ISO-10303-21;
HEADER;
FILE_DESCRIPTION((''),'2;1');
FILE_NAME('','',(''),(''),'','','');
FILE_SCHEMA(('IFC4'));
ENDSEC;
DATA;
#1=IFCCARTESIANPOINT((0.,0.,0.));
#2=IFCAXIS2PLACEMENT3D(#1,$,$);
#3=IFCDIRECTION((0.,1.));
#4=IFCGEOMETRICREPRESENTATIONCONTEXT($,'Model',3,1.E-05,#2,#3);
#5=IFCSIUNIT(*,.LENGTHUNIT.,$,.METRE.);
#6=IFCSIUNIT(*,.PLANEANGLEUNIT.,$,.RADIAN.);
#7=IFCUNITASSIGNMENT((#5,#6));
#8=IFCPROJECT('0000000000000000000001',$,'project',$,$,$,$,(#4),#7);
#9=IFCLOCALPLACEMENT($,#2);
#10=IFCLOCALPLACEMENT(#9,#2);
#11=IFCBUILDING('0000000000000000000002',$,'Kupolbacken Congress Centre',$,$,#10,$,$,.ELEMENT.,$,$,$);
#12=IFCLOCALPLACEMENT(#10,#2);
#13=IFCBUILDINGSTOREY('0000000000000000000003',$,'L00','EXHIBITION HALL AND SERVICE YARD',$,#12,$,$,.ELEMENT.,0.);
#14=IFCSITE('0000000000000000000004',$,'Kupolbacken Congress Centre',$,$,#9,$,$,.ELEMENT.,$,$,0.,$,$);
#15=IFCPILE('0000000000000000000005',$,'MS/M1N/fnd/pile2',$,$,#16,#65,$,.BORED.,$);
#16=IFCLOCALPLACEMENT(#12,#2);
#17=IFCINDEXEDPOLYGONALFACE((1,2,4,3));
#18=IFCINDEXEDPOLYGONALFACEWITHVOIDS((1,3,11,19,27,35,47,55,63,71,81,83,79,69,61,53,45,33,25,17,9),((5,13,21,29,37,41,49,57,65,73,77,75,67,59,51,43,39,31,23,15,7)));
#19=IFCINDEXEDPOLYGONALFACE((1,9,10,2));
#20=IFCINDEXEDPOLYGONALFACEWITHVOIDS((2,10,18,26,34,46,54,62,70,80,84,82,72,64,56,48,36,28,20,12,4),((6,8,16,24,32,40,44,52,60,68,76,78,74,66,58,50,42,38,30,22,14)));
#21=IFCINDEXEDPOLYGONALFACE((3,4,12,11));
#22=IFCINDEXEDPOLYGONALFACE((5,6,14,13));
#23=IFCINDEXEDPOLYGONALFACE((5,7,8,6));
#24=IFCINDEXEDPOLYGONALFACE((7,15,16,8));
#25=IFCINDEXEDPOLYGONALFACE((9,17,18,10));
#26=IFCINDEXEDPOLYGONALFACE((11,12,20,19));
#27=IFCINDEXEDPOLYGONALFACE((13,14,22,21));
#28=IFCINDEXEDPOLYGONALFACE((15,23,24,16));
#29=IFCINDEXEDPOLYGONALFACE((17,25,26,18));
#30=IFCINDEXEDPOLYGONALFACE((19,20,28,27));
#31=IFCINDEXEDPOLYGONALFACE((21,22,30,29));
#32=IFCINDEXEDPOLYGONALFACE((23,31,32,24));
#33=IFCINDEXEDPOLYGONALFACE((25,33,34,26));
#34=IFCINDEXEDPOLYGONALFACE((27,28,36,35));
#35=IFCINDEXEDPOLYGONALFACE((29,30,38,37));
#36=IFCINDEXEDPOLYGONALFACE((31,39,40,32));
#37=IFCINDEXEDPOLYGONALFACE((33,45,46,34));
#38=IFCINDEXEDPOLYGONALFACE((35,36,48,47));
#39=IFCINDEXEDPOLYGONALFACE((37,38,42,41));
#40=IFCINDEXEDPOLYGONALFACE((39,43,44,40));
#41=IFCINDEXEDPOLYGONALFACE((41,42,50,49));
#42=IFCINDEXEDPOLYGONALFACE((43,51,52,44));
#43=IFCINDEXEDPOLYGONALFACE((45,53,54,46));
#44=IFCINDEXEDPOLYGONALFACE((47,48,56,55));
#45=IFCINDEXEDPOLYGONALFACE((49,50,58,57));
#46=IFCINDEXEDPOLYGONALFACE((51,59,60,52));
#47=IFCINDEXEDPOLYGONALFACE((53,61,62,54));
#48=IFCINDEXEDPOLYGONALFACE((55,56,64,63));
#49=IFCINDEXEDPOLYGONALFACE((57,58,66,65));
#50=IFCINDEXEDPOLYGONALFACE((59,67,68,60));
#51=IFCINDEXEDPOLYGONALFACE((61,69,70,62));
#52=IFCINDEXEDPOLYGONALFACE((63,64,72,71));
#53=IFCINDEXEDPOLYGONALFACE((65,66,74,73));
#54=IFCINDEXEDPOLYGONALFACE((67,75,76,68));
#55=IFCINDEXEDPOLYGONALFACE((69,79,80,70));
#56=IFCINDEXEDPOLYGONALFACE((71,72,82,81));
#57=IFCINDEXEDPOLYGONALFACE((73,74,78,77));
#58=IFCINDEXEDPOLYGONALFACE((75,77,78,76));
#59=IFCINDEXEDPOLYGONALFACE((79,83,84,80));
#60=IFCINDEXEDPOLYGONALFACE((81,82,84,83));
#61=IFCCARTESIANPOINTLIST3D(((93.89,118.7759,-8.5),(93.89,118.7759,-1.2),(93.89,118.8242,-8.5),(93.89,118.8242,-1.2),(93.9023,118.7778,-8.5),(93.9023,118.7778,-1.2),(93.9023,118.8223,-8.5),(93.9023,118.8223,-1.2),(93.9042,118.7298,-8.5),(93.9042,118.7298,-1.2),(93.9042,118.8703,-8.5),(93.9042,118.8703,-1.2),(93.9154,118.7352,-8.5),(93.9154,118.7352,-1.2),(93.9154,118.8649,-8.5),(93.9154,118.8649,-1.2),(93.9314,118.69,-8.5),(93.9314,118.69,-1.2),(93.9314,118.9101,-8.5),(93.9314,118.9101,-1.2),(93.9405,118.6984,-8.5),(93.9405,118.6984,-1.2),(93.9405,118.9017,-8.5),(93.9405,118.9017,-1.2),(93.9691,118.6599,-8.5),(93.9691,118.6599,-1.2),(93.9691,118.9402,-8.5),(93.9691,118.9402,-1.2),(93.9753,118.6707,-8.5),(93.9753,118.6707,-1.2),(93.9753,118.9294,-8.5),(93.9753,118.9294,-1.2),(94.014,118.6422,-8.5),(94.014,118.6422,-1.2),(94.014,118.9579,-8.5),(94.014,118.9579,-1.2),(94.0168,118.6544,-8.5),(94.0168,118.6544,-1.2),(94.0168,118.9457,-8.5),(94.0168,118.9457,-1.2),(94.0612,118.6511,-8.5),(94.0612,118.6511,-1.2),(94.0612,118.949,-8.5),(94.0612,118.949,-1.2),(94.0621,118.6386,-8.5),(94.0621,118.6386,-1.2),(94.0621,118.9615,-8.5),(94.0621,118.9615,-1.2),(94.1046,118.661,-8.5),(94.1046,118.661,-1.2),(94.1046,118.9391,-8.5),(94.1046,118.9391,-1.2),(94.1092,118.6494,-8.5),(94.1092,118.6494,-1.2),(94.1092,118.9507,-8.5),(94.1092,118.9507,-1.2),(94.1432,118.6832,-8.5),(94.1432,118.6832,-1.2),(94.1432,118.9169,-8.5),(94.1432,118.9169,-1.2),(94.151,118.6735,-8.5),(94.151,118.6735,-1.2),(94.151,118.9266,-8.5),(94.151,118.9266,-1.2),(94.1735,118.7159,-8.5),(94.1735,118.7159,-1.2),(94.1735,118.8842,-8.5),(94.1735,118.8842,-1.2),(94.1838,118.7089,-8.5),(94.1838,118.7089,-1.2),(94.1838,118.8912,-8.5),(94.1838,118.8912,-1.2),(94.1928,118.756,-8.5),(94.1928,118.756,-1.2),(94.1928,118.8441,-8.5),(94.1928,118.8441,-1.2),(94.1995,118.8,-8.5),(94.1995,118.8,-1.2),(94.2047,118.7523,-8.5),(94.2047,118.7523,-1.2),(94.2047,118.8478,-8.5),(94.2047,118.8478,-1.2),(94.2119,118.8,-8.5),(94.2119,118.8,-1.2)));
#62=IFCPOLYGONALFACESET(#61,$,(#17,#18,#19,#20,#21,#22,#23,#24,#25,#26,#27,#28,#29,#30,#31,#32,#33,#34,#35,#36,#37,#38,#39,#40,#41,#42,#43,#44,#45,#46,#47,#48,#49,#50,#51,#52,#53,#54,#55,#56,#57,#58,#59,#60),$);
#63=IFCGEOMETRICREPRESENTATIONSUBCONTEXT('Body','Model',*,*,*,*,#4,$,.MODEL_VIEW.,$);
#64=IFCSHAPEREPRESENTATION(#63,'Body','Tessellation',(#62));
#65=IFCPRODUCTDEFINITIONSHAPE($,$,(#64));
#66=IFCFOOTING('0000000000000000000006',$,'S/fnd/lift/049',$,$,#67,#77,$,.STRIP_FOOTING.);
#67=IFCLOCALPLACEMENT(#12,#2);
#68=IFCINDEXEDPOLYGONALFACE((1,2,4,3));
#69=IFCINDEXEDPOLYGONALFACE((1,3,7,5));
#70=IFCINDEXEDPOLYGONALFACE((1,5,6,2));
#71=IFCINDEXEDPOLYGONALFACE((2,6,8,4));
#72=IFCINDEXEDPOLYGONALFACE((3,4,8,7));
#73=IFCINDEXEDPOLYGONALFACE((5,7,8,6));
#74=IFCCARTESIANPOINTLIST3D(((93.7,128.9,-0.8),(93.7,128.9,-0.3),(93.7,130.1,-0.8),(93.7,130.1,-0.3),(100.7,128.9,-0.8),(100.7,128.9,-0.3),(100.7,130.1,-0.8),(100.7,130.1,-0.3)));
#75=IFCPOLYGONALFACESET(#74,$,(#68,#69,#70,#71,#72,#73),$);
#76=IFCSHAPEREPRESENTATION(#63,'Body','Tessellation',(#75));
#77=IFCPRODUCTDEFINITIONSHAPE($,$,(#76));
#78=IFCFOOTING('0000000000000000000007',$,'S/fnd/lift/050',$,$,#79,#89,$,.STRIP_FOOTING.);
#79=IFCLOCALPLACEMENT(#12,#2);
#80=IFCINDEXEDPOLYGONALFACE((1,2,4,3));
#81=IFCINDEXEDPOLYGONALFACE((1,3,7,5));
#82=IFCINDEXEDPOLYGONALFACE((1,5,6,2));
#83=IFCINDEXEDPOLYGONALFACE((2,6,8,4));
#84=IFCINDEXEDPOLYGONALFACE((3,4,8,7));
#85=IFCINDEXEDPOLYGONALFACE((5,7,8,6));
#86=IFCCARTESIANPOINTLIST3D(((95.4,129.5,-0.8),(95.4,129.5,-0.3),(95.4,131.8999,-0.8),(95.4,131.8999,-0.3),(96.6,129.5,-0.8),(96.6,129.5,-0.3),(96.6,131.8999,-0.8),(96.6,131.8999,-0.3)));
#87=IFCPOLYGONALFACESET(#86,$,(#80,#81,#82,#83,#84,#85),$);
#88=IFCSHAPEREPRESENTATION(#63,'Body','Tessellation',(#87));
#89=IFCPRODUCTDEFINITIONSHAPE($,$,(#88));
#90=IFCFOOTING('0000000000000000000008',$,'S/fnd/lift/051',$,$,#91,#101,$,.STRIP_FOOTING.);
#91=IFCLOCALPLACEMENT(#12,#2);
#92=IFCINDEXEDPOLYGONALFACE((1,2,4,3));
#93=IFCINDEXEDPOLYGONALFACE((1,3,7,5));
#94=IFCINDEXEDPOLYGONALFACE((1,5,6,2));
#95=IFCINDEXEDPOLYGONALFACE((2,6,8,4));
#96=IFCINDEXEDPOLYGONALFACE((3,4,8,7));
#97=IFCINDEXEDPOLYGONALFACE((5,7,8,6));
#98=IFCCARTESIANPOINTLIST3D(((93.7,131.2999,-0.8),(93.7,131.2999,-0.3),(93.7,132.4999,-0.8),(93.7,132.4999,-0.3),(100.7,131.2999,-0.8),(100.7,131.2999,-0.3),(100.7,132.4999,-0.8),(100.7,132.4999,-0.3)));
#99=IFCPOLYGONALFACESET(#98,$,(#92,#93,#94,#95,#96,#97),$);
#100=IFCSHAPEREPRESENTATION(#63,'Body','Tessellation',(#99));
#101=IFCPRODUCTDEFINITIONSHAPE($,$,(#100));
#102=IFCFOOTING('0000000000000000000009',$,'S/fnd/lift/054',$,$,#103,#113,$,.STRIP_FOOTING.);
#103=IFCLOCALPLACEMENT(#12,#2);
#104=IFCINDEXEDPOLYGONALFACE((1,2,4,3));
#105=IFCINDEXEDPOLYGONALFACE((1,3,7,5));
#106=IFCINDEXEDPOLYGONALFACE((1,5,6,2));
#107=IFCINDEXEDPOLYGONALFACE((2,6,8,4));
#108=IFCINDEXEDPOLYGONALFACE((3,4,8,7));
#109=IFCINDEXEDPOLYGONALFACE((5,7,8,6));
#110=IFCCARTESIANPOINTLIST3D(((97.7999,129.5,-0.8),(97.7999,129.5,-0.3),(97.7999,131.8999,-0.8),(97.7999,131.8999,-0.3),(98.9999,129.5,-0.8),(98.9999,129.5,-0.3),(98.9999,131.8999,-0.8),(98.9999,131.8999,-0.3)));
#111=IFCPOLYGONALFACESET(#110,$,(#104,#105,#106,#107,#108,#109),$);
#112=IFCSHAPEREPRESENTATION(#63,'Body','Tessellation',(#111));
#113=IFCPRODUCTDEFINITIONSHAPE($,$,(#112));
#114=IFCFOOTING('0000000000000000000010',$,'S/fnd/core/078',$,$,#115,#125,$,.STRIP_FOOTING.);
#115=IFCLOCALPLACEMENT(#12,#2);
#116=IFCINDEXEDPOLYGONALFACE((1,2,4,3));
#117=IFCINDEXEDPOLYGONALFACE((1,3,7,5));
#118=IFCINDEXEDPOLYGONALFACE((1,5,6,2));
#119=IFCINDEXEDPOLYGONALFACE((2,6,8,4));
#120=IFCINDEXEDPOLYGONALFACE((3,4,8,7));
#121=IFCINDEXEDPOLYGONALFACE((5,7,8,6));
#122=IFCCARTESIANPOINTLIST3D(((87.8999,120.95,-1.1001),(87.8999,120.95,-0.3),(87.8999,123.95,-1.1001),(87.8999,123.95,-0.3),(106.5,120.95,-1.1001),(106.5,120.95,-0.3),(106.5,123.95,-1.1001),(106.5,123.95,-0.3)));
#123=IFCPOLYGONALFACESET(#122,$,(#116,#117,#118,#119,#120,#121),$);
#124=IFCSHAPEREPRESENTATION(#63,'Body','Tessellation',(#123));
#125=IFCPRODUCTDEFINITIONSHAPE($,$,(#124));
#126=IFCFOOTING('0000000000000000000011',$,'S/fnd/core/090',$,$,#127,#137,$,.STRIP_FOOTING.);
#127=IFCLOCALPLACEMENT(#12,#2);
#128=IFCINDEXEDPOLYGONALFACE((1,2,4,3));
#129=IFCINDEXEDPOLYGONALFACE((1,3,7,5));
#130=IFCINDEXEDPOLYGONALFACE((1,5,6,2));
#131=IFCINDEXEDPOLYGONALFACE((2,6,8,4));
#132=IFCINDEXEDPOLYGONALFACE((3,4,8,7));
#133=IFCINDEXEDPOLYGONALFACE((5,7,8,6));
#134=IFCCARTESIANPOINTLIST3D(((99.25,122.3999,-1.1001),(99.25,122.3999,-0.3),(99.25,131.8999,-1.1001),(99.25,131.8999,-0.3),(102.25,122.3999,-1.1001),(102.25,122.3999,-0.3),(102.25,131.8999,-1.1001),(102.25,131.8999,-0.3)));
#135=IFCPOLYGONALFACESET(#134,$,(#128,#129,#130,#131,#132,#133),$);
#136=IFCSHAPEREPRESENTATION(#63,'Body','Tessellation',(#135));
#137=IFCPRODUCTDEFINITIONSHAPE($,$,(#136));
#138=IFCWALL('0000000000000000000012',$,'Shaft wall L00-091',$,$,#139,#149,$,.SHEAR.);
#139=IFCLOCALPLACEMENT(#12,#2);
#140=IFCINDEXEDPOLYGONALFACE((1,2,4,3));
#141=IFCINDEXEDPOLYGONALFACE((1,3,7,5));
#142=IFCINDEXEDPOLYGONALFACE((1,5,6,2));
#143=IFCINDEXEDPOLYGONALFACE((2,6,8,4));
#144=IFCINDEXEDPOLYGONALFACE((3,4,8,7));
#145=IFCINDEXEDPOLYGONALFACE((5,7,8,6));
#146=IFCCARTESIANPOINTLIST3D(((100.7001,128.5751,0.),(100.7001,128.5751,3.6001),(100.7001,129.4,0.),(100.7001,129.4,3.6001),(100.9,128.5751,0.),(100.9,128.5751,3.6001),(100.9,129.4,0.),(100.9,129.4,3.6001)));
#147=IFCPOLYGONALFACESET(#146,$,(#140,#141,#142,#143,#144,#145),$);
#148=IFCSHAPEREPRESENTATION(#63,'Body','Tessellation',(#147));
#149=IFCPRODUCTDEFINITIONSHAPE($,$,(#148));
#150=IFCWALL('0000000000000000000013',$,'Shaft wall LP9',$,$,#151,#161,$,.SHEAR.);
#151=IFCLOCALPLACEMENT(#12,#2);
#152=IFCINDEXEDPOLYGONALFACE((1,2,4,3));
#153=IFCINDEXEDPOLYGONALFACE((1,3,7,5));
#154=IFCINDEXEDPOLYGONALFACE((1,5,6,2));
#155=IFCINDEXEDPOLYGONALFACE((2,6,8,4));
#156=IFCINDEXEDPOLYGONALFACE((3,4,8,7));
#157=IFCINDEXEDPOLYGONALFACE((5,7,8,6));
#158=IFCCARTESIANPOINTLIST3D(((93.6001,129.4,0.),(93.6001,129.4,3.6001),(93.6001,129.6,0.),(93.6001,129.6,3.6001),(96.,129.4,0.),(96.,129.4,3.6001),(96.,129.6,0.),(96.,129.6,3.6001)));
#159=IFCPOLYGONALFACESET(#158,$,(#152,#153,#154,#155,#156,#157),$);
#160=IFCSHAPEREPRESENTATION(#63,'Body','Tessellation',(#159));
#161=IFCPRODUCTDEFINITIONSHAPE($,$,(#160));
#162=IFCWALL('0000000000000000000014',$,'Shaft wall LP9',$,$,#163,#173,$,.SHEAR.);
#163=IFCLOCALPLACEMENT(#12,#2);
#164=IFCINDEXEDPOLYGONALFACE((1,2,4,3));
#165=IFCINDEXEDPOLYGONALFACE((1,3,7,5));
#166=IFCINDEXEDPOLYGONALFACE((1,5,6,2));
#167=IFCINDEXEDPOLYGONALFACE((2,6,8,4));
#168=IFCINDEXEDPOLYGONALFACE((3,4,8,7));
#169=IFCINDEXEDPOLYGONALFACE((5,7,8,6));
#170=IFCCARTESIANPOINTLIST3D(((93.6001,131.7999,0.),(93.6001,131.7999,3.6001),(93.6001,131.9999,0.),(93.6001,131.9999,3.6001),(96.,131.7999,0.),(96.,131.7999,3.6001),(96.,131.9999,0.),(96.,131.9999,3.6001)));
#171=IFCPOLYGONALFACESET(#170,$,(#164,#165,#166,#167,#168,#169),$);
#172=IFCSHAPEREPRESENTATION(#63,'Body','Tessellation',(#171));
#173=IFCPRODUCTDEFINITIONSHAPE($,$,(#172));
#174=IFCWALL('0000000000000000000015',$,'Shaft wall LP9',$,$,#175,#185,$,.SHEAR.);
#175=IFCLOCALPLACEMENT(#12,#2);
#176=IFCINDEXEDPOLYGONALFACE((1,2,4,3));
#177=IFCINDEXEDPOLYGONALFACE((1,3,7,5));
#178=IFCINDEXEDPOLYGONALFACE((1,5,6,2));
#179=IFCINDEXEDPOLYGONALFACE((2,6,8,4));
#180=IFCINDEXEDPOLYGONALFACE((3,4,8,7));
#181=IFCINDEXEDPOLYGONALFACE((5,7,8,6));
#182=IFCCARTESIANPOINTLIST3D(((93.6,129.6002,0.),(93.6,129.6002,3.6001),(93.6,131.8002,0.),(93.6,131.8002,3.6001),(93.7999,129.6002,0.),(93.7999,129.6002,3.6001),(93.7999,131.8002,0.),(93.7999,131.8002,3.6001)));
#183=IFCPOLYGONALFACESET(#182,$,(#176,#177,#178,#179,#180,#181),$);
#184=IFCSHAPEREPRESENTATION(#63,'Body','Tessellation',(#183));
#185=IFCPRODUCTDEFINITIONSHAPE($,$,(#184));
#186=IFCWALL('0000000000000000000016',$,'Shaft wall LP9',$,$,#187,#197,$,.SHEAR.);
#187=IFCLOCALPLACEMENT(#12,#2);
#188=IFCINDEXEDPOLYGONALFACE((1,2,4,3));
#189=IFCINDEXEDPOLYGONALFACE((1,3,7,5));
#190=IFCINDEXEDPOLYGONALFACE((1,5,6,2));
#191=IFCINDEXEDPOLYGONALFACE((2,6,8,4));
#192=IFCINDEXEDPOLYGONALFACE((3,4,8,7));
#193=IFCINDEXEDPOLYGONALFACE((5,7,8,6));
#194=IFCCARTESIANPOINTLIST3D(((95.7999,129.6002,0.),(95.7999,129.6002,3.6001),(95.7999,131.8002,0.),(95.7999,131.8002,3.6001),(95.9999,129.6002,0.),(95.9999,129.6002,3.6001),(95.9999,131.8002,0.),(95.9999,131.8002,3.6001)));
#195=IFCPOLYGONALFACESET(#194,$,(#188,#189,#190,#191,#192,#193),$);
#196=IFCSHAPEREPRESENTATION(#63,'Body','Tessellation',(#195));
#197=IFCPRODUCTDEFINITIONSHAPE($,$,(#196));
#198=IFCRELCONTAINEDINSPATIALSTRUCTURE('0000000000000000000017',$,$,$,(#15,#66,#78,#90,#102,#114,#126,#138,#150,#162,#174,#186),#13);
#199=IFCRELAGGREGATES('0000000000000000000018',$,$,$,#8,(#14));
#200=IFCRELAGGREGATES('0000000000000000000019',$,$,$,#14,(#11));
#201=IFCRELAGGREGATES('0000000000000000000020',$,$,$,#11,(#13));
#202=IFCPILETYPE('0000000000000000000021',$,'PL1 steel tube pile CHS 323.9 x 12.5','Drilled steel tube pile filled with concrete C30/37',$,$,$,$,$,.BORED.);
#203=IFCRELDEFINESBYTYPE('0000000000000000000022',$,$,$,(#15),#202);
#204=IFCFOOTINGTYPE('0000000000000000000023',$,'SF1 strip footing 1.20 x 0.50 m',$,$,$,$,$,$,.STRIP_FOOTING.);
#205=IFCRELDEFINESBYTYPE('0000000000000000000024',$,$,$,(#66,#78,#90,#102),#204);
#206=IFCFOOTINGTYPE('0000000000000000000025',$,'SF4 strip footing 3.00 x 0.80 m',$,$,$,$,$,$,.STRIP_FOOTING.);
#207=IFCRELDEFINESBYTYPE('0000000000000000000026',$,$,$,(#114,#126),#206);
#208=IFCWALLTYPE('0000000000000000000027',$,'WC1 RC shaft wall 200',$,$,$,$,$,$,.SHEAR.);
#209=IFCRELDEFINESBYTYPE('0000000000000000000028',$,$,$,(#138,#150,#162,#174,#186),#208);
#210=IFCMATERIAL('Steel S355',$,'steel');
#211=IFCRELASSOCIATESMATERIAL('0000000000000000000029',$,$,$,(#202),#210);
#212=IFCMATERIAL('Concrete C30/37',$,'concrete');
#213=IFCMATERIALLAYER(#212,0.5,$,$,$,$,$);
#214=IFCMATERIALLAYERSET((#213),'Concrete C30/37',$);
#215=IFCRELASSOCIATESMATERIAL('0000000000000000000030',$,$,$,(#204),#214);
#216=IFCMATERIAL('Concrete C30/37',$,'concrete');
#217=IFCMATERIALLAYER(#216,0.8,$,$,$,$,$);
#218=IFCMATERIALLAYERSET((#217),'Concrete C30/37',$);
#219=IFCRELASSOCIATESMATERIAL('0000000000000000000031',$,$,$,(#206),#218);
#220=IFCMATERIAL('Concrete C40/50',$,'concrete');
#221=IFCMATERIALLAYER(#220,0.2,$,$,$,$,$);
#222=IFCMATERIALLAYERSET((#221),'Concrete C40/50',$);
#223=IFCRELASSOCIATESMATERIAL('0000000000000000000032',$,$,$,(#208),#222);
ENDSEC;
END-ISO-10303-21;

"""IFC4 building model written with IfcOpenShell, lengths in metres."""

from ifc_helpers import new_model, si_unit, direction, frame, frame_2d, origin, origin_2d, place, context, subcontext, project, spatial, rectangle, hollow_circle, extrude, material, layer, layer_set, material_profile, profile_set, type_object, element, save


model = new_model("IFC4")

# Units and contexts
model_context = context("Model", 3, precision=1e-05, world=origin(), true_north=direction((0.0, 1.0)))
body_context = subcontext(model_context, "Body", "Model", "MODEL_VIEW")
ifc_project = project(units=[si_unit("LENGTHUNIT", "METRE"), si_unit("PLANEANGLEUNIT", "RADIAN")], contexts=[model_context])

# Site, building, storey
site_placement = place(None, origin())
site = spatial("IfcSite", under=ifc_project, at=site_placement, Name="Kupolbacken Congress Centre", CompositionType="ELEMENT", RefElevation=0.0)
building_placement = place(site_placement, origin())
building = spatial("IfcBuilding", under=site, at=building_placement, Name="Kupolbacken Congress Centre", CompositionType="ELEMENT")
storey_placement = place(building_placement, origin())
storey = spatial("IfcBuildingStorey", under=building, at=storey_placement, Name="L00", Description="EXHIBITION HALL AND SERVICE YARD", CompositionType="ELEMENT", Elevation=0.0)

# Pile
ifc_material_1 = material(Name="Steel S355", Category="steel")
ifc_material_profile = material_profile(ifc_material_1, hollow_circle(Radius=0.1619, WallThickness=0.0125, at=origin_2d()), Name="CHS 323.9 x 12.5")
ifc_profile_set = profile_set([ifc_material_profile], Name="Steel S355")
pile_type = type_object("IfcPileType", Name="PL1 steel tube pile CHS 323.9 x 12.5", Description="Drilled steel tube pile filled with concrete C30/37", PredefinedType="BORED", material=ifc_profile_set)
pile_placement = place(storey_placement, frame((94.05, 118.8, -1.2), z_axis=(0.0, 0.0, -1.0), x_axis=(1.0, 0.0, 0.0)))
element("IfcPile", 1, at=pile_placement, inside=storey, type_object=pile_type, Name="MS/M1N/fnd/pile2", PredefinedType="BORED", context=body_context, shape_type="SweptSolid", body=[
    extrude(hollow_circle(Radius=0.1619, WallThickness=0.0125, at=origin_2d()), origin(), (0.0, 0.0, 1.0), 7.3),
])

# Footings
ifc_material_2 = material(Name="Concrete C30/37", Category="concrete")
ifc_layer_1 = layer(ifc_material_2, 0.5)
ifc_layer_set_1 = layer_set([ifc_layer_1], Name="Concrete C30/37")
footing_type_1 = type_object("IfcFootingType", Name="SF1 strip footing 1.20 x 0.50 m", PredefinedType="STRIP_FOOTING", material=ifc_layer_set_1)
footing_1_placement = place(storey_placement, frame((97.2, 129.5, -0.8), z_axis=(0.0, 0.0, 1.0), x_axis=(1.0, 0.0, 0.0)))
element("IfcFooting", 2, at=footing_1_placement, inside=storey, type_object=footing_type_1, Name="S/fnd/lift/049", PredefinedType="STRIP_FOOTING", context=body_context, shape_type="SweptSolid", body=[
    extrude(rectangle(XDim=7.0, YDim=1.2, at=origin_2d()), origin(), (0.0, 0.0, 1.0), 0.5),
])
footing_2_placement = place(storey_placement, frame((96.0, 130.7, -0.8), z_axis=(0.0, 0.0, 1.0), x_axis=(0.0, 1.0, 0.0)))
element("IfcFooting", 3, at=footing_2_placement, inside=storey, type_object=footing_type_1, Name="S/fnd/lift/050", PredefinedType="STRIP_FOOTING", context=body_context, shape_type="SweptSolid", body=[
    extrude(rectangle(XDim=2.3999, YDim=1.2, at=origin_2d()), origin(), (0.0, 0.0, 1.0), 0.5),
])
footing_3_placement = place(storey_placement, frame((97.2, 131.8999, -0.8), z_axis=(0.0, 0.0, 1.0), x_axis=(1.0, 0.0, 0.0)))
element("IfcFooting", 4, at=footing_3_placement, inside=storey, type_object=footing_type_1, Name="S/fnd/lift/051", PredefinedType="STRIP_FOOTING", context=body_context, shape_type="SweptSolid", body=[
    extrude(rectangle(XDim=7.0, YDim=1.2, at=origin_2d()), origin(), (0.0, 0.0, 1.0), 0.5),
])
footing_4_placement = place(storey_placement, frame((98.3999, 130.7, -0.8), z_axis=(0.0, 0.0, 1.0), x_axis=(0.0, 1.0, 0.0)))
element("IfcFooting", 5, at=footing_4_placement, inside=storey, type_object=footing_type_1, Name="S/fnd/lift/054", PredefinedType="STRIP_FOOTING", context=body_context, shape_type="SweptSolid", body=[
    extrude(rectangle(XDim=2.3999, YDim=1.2, at=origin_2d()), origin(), (0.0, 0.0, 1.0), 0.5),
])
ifc_material_3 = material(Name="Concrete C30/37", Category="concrete")
ifc_layer_2 = layer(ifc_material_3, 0.8)
ifc_layer_set_2 = layer_set([ifc_layer_2], Name="Concrete C30/37")
footing_type_2 = type_object("IfcFootingType", Name="SF4 strip footing 3.00 x 0.80 m", PredefinedType="STRIP_FOOTING", material=ifc_layer_set_2)
footing_5_placement = place(storey_placement, frame((97.2, 122.45, -1.1001), z_axis=(0.0, 0.0, 1.0), x_axis=(1.0, 0.0, 0.0)))
element("IfcFooting", 6, at=footing_5_placement, inside=storey, type_object=footing_type_2, Name="S/fnd/core/078", PredefinedType="STRIP_FOOTING", context=body_context, shape_type="SweptSolid", body=[
    extrude(rectangle(XDim=18.6001, YDim=3.0, at=origin_2d()), origin(), (0.0, 0.0, 1.0), 0.8),
])
footing_6_placement = place(storey_placement, frame((100.75, 127.1499, -1.1001), z_axis=(0.0, 0.0, 1.0), x_axis=(0.0, 1.0, 0.0)))
element("IfcFooting", 7, at=footing_6_placement, inside=storey, type_object=footing_type_2, Name="S/fnd/core/090", PredefinedType="STRIP_FOOTING", context=body_context, shape_type="SweptSolid", body=[
    extrude(rectangle(XDim=9.5, YDim=3.0, at=origin_2d()), origin(), (0.0, 0.0, 1.0), 0.8),
])

# Walls
ifc_material_4 = material(Name="Concrete C40/50", Category="concrete")
ifc_layer_3 = layer(ifc_material_4, 0.2)
ifc_layer_set_3 = layer_set([ifc_layer_3], Name="Concrete C40/50")
wall_type_1 = type_object("IfcWallType", Name="WC1 RC shaft wall 200", PredefinedType="SHEAR", material=ifc_layer_set_3)
wall_1_placement = place(storey_placement, frame((100.8, 128.575, 0.0), z_axis=(0.0, 0.0, 1.0), x_axis=(0.0, 1.0, 0.0)))
element("IfcWall", 8, at=wall_1_placement, inside=storey, type_object=wall_type_1, Name="Shaft wall L00-091", PredefinedType="SHEAR", context=body_context, shape_type="SweptSolid", body=[
    extrude(rectangle(XDim=0.825, YDim=0.2, at=frame_2d((0.4126, 0.0))), origin(), (0.0, 0.0, 1.0), 3.6001),
])
for number, where, z_axis, x_axis, name in (
    (9, (93.6001, 129.5, 0.0), (0.0, 0.0, 1.0), (1.0, 0.0, 0.0), "Shaft wall LP9"),
    (10, (93.6001, 131.8999, 0.0), (0.0, 0.0, 1.0), (1.0, 0.0, 0.0), "Shaft wall LP9"),
):
    element("IfcWall", number, at=place(storey_placement, frame(where, z_axis=z_axis, x_axis=x_axis)), inside=storey, type_object=wall_type_1, Name=name, PredefinedType="SHEAR", context=body_context, shape_type="SweptSolid", body=[
        extrude(rectangle(XDim=2.3999, YDim=0.2, at=frame_2d((1.2, 0.0))), origin(), (0.0, 0.0, 1.0), 3.6001),
    ])
for number, where, z_axis, x_axis, name in (
    (11, (93.7, 129.6001, 0.0), (0.0, 0.0, 1.0), (0.0, 1.0, 0.0), "Shaft wall LP9"),
    (12, (95.8999, 129.6001, 0.0), (0.0, 0.0, 1.0), (0.0, 1.0, 0.0), "Shaft wall LP9"),
):
    element("IfcWall", number, at=place(storey_placement, frame(where, z_axis=z_axis, x_axis=x_axis)), inside=storey, type_object=wall_type_1, Name=name, PredefinedType="SHEAR", context=body_context, shape_type="SweptSolid", body=[
        extrude(rectangle(XDim=2.2, YDim=0.2, at=frame_2d((1.1001, 0.0))), origin(), (0.0, 0.0, 1.0), 3.6001),
    ])

save(model, "model.ifc")
